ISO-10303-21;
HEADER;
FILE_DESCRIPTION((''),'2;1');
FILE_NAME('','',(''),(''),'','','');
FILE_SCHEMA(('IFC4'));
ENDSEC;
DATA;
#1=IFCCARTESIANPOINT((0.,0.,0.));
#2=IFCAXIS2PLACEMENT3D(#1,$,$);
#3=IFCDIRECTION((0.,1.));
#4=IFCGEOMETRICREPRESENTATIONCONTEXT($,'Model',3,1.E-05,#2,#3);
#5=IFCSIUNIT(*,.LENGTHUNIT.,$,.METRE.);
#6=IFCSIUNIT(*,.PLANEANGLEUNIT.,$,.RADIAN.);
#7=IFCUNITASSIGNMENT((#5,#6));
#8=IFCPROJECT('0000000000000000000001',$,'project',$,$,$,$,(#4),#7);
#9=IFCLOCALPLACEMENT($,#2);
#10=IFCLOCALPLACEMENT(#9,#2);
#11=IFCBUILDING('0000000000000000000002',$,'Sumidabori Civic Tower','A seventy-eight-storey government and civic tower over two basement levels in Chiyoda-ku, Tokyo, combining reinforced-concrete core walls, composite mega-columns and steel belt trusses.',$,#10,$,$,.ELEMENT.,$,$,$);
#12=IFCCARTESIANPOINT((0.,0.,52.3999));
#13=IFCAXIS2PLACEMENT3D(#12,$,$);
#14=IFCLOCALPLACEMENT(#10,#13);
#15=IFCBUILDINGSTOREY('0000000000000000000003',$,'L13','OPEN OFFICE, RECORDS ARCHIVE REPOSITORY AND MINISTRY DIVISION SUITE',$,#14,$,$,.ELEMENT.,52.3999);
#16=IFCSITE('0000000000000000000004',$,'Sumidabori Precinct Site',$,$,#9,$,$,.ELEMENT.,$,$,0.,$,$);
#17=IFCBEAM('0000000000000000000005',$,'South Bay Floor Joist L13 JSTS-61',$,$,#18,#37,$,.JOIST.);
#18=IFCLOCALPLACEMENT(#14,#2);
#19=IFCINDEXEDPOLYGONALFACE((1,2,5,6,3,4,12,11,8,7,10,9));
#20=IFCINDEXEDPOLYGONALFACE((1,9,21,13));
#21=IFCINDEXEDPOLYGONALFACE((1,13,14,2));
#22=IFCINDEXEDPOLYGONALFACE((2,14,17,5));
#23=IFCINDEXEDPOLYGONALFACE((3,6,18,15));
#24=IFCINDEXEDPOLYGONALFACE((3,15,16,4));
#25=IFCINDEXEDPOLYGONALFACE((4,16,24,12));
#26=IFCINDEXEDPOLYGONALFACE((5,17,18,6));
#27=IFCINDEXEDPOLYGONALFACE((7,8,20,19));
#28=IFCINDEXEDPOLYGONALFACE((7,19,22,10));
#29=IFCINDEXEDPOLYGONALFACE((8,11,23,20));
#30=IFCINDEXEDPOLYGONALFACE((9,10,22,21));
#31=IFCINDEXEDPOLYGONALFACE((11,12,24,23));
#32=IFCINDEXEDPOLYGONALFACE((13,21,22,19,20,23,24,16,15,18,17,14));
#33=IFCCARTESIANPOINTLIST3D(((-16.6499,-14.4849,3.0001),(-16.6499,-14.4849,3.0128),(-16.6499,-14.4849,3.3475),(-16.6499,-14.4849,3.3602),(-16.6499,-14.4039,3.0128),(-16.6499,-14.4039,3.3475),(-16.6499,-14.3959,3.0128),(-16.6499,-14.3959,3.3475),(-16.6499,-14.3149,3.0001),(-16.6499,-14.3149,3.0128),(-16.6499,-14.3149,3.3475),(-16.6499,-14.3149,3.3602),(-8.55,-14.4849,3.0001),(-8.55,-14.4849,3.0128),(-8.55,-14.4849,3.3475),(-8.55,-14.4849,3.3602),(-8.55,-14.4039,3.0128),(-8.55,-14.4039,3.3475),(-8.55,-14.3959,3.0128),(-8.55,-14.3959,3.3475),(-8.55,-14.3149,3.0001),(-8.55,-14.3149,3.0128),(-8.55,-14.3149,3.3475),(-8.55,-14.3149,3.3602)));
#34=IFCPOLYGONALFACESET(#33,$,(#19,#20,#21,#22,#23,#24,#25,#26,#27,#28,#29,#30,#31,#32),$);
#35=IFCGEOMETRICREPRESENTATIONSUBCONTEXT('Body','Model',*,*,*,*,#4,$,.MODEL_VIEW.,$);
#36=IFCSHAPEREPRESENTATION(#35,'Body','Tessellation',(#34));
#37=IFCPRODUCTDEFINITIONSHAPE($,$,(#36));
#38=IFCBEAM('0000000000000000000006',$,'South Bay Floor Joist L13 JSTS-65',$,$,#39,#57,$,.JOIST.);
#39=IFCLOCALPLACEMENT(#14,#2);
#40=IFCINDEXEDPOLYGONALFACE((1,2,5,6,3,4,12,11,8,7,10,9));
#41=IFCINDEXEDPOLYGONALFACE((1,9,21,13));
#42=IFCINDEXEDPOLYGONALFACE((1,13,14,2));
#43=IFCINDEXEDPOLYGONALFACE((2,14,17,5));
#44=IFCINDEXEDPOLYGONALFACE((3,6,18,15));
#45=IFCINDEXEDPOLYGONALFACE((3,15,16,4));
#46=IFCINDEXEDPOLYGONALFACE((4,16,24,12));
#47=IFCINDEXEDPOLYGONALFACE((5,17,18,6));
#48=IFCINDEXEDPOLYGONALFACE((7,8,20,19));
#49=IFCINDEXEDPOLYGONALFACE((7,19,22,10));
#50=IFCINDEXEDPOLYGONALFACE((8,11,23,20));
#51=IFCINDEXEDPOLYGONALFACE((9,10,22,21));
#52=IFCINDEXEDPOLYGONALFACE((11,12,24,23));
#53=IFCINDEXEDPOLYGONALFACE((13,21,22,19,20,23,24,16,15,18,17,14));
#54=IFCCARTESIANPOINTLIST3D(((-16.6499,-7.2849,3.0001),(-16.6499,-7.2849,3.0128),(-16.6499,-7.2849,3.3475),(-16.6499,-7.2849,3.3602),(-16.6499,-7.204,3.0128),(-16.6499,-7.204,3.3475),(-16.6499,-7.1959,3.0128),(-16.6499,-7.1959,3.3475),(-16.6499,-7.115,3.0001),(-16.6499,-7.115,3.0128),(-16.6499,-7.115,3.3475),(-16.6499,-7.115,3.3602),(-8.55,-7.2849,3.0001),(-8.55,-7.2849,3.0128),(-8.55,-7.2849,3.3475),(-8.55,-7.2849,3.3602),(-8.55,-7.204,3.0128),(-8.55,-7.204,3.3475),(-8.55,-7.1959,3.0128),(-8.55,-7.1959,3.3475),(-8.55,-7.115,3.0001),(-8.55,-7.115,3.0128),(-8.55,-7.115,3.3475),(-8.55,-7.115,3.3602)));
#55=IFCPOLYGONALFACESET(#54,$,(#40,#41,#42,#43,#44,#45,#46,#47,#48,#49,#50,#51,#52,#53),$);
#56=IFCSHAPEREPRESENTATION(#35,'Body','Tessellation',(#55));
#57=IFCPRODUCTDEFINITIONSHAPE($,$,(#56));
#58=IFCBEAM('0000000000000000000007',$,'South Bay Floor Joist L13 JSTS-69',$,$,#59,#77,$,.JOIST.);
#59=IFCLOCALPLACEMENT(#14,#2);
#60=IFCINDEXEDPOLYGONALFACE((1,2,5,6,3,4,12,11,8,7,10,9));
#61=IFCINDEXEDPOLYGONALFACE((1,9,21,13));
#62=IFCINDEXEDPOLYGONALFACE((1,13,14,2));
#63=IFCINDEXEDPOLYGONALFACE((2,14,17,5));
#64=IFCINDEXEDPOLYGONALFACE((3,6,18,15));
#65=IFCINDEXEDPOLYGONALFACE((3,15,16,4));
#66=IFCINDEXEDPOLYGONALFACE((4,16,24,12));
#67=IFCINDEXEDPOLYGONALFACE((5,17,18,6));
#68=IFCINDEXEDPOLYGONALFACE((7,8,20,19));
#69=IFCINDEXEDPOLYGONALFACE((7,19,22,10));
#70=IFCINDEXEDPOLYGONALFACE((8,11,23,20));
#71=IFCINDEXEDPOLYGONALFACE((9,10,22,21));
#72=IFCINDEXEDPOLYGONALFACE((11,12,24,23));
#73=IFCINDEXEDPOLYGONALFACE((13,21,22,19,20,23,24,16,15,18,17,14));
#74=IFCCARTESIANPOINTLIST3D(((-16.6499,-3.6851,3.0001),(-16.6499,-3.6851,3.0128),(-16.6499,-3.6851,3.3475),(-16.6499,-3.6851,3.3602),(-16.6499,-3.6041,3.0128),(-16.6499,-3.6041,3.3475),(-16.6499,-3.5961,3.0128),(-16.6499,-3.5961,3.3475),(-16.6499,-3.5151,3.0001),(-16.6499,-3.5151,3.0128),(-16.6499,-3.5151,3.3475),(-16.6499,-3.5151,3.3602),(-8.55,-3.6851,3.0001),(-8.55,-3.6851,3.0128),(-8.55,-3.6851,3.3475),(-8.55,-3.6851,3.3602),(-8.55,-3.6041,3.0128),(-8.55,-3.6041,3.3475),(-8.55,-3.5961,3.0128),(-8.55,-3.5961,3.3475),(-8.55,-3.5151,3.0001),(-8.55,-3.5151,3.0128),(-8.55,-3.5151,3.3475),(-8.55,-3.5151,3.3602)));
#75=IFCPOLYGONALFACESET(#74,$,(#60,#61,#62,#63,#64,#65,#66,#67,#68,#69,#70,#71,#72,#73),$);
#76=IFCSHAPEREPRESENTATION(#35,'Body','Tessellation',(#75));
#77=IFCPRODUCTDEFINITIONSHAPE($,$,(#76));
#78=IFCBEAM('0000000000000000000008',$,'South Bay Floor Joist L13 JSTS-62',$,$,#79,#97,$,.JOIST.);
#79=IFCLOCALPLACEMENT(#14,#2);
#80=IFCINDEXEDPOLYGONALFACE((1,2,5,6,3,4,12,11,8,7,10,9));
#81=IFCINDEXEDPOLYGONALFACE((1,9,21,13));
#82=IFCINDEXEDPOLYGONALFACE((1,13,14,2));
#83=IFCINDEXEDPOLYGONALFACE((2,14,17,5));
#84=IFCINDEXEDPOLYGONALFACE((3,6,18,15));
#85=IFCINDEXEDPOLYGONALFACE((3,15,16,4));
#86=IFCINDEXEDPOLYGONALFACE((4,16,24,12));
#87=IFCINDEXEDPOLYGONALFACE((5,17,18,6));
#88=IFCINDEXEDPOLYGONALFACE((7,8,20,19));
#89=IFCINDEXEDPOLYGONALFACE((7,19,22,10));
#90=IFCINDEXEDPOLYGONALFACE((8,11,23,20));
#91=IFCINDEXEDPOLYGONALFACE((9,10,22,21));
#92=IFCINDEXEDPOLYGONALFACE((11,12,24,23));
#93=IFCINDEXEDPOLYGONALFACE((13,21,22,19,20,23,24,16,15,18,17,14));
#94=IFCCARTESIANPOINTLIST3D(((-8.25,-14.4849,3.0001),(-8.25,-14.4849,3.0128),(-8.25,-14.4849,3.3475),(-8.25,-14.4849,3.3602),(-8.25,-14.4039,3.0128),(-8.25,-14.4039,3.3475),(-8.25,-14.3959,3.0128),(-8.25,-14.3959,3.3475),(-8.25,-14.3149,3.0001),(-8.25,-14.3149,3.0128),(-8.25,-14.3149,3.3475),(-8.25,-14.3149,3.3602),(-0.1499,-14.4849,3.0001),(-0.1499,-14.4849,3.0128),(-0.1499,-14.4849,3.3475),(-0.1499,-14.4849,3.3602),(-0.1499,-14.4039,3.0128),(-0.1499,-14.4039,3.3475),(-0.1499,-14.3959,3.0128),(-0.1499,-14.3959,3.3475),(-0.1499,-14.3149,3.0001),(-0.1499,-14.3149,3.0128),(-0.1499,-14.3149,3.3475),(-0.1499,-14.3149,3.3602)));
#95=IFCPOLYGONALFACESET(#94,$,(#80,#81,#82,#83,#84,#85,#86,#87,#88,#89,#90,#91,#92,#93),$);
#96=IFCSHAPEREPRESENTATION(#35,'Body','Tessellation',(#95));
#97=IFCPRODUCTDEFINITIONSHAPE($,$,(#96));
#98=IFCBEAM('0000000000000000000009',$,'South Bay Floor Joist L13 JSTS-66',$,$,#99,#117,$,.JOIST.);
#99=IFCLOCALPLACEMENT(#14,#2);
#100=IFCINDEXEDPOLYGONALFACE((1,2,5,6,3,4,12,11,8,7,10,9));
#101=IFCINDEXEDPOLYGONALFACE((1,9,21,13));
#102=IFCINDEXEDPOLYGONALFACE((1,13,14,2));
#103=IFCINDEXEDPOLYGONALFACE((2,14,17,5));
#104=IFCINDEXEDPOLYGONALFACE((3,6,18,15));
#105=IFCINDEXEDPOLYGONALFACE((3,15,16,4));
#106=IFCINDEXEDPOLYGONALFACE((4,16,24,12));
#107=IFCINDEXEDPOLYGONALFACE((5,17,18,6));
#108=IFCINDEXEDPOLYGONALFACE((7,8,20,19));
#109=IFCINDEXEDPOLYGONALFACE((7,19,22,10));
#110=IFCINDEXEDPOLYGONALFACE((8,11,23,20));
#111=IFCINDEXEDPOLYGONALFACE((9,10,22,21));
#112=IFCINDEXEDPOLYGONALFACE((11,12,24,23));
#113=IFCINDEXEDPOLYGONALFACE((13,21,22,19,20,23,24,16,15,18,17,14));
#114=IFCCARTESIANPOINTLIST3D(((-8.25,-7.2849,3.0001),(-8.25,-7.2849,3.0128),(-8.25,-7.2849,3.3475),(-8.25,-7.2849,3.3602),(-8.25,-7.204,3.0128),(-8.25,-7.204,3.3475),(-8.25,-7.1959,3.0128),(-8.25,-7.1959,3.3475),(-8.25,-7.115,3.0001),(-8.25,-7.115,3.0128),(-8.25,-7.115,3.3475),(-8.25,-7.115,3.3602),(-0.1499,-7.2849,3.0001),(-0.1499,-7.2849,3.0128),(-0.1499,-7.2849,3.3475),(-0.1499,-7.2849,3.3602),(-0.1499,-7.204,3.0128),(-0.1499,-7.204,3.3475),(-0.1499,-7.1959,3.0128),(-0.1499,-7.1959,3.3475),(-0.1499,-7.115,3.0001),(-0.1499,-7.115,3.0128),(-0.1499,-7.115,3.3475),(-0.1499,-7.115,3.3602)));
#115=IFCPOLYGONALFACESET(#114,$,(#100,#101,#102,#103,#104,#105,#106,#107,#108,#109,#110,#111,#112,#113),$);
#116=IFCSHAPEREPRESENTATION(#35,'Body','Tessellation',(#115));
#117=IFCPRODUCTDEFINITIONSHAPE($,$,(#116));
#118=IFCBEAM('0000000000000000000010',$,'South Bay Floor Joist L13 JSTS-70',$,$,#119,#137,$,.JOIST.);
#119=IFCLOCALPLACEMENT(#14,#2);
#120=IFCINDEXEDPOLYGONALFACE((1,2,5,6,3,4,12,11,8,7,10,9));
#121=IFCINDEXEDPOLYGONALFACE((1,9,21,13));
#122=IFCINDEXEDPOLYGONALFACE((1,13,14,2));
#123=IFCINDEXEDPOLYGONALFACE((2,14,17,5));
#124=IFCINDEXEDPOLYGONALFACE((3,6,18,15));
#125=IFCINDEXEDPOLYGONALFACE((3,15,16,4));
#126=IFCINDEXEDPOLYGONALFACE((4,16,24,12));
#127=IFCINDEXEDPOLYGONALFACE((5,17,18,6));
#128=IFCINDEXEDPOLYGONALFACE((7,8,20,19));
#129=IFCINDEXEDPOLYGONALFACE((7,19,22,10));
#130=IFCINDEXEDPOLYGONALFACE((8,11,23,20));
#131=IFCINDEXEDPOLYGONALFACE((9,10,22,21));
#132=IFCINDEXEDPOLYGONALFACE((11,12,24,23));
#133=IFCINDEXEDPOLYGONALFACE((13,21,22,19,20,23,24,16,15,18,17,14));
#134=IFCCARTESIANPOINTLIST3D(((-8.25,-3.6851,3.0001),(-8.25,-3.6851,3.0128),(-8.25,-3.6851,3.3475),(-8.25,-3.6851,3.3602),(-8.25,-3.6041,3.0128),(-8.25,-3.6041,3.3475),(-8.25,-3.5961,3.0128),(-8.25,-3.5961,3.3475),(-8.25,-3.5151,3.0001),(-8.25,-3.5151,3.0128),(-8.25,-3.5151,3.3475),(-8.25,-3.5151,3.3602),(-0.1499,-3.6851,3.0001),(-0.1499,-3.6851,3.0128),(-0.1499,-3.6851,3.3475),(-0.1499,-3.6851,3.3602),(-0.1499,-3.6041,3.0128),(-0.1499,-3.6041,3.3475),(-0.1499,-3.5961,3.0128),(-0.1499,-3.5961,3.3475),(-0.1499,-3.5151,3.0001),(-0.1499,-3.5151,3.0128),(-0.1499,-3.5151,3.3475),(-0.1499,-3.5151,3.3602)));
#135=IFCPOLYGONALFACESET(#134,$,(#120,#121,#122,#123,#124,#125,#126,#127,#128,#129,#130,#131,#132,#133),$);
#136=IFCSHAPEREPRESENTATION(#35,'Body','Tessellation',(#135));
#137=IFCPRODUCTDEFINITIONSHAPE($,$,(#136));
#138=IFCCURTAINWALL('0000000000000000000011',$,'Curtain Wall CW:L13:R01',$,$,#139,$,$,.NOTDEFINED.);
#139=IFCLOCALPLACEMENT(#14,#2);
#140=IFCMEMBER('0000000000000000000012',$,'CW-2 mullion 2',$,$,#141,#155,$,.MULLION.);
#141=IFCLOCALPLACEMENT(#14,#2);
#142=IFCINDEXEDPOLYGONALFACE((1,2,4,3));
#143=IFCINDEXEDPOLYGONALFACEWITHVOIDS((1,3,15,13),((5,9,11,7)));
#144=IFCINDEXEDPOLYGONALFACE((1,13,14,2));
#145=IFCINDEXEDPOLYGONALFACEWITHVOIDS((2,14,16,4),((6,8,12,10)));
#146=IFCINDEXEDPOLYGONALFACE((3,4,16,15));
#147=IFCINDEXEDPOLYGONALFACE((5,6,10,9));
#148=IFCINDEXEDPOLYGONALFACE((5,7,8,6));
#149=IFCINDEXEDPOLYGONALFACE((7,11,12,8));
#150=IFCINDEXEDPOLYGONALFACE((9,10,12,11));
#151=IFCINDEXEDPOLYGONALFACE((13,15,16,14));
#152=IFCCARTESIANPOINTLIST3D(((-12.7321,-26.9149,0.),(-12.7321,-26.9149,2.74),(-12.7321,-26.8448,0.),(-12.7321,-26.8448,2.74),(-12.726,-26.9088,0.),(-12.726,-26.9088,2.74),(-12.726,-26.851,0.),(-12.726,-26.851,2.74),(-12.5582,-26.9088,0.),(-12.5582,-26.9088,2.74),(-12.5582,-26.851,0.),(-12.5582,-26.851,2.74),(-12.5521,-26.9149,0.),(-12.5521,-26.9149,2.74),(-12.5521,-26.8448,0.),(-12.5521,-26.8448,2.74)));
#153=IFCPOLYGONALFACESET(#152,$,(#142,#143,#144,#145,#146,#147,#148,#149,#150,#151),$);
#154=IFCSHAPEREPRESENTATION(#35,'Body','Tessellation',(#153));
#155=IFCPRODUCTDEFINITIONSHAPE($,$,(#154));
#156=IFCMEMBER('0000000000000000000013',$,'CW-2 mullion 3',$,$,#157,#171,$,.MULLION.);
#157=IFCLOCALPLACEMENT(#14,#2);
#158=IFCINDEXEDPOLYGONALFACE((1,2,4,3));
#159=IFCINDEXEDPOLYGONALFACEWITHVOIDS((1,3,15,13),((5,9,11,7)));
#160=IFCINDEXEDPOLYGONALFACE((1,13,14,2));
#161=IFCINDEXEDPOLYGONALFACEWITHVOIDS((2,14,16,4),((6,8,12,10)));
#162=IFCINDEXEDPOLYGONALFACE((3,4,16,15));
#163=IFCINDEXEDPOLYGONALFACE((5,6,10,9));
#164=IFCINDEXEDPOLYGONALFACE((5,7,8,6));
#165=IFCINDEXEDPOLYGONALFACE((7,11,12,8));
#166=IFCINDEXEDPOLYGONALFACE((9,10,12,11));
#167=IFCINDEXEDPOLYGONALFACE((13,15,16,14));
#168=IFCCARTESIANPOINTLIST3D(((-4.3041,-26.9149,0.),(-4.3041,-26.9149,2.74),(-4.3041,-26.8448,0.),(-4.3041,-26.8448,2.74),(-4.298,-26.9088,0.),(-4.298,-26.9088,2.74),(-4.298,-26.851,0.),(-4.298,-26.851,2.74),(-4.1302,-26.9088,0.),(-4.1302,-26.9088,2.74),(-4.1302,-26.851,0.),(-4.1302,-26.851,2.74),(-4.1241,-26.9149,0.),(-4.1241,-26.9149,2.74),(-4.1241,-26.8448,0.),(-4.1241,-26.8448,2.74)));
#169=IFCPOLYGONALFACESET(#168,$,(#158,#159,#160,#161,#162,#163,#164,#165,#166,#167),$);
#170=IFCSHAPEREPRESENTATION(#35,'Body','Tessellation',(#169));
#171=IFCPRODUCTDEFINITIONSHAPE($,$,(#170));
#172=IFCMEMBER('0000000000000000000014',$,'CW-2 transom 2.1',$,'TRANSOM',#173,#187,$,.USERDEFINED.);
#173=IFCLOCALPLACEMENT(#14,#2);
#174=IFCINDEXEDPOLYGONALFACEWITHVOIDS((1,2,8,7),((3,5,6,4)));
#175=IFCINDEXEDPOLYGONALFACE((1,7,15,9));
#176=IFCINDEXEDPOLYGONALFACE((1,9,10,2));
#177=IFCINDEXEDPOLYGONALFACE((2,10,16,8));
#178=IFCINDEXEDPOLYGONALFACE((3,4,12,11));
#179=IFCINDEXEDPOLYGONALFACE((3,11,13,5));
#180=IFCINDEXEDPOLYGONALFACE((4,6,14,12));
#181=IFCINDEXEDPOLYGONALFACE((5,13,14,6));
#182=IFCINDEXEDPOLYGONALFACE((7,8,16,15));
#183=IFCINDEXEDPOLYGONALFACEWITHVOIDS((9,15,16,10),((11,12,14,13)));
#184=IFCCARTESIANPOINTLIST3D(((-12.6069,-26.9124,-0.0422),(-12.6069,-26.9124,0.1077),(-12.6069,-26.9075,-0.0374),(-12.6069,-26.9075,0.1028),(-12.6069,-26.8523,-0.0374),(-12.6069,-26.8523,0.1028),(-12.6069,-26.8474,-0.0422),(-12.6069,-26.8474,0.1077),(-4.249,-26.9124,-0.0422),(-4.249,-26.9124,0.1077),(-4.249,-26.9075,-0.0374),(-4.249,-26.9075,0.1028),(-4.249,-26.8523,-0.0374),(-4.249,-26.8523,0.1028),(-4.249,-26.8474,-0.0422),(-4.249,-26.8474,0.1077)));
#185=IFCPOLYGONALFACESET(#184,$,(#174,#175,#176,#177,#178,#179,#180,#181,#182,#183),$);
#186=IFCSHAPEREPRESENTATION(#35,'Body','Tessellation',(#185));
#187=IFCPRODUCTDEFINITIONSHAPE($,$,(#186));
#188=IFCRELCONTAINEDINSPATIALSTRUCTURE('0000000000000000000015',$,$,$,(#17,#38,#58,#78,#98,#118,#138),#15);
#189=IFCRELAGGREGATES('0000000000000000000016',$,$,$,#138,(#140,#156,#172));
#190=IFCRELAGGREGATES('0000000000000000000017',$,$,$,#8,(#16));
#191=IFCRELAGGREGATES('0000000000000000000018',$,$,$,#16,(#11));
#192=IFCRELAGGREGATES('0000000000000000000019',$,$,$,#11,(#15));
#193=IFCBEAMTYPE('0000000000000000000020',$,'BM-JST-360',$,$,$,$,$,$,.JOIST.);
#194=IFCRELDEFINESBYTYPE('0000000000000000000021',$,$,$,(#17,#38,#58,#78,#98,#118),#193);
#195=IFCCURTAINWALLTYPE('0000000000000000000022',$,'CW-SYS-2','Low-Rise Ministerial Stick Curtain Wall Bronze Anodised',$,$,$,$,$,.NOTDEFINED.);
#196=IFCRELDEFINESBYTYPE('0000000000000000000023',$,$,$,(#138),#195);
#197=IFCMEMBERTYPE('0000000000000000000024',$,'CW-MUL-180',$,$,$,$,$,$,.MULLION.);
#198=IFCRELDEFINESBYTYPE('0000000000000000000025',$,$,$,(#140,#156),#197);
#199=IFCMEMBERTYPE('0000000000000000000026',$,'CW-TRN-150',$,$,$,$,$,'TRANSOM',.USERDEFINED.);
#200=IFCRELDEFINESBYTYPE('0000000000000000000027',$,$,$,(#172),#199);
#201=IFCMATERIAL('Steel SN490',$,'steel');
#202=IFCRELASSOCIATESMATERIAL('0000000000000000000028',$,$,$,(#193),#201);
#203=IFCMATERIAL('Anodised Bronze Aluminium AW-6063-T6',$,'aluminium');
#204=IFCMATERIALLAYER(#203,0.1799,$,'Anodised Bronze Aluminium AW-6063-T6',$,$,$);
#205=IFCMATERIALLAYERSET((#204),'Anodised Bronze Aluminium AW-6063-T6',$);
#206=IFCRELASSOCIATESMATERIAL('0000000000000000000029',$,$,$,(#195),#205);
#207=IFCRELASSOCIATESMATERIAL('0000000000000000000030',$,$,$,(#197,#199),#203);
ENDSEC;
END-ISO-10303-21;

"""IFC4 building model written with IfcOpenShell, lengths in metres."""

from ifc_helpers import new_model, si_unit, direction, frame, origin, origin_2d, place, context, subcontext, project, spatial, hollow_rectangle, i_section, extrude, source, transform, mapped, material, layer, layer_set, material_profile, profile_set, type_object, element, aggregate, save


model = new_model("IFC4")

# Units and contexts
model_context = context("Model", 3, precision=1e-05, world=origin(), true_north=direction((0.0, 1.0)))
body_context = subcontext(model_context, "Body", "Model", "MODEL_VIEW")
ifc_project = project(units=[si_unit("LENGTHUNIT", "METRE"), si_unit("PLANEANGLEUNIT", "RADIAN")], contexts=[model_context])

# Site, building, storey
site_placement = place(None, origin())
site = spatial("IfcSite", under=ifc_project, at=site_placement, Name="Sumidabori Precinct Site", CompositionType="ELEMENT", RefElevation=0.0)
building_placement = place(site_placement, origin())
building = spatial("IfcBuilding", under=site, at=building_placement, Name="Sumidabori Civic Tower", Description="A seventy-eight-storey government and civic tower over two basement levels in Chiyoda-ku, Tokyo, combining reinforced-concrete core walls, composite mega-columns and steel belt trusses.", CompositionType="ELEMENT")
storey_placement = place(building_placement, frame((0.0, 0.0, 52.3999)))
storey = spatial("IfcBuildingStorey", under=building, at=storey_placement, Name="L13", Description="OPEN OFFICE, RECORDS ARCHIVE REPOSITORY AND MINISTRY DIVISION SUITE", CompositionType="ELEMENT", Elevation=52.3999)

# Beams
ifc_material_1 = material(Name="Steel SN490", Category="steel")
ifc_material_profile_1 = material_profile(ifc_material_1, i_section(OverallWidth=0.1699, OverallDepth=0.3601, WebThickness=0.0081, FlangeThickness=0.0127, at=origin_2d()), Name="IPE 360")
ifc_profile_set_1 = profile_set([ifc_material_profile_1], Name="Steel SN490")
beam_type_1 = type_object("IfcBeamType", Name="BM-JST-360", PredefinedType="JOIST", material=ifc_profile_set_1)
shared_shape_1 = source(origin(), body_context, "Body", "SweptSolid", [
    extrude(i_section(OverallWidth=0.1699, OverallDepth=0.3601, WebThickness=0.0081, FlangeThickness=0.0127, at=origin_2d()), origin(), (0.0, 0.0, 1.0), 8.0999),
])
for number, where, z_axis, x_axis, name in (
    (1, (-16.6499, -14.3999, 3.1802), (1.0, 0.0, 0.0), (0.0, 1.0, 0.0), "South Bay Floor Joist L13 JSTS-61"),
    (2, (-16.6499, -7.2, 3.1802), (1.0, 0.0, 0.0), (0.0, 1.0, 0.0), "South Bay Floor Joist L13 JSTS-65"),
    (3, (-16.6499, -3.6001, 3.1802), (1.0, 0.0, 0.0), (0.0, 1.0, 0.0), "South Bay Floor Joist L13 JSTS-69"),
):
    element("IfcBeam", number, at=place(storey_placement, frame(where, z_axis=z_axis, x_axis=x_axis)), inside=storey, type_object=beam_type_1, Name=name, PredefinedType="JOIST", context=body_context, shape_type="MappedRepresentation", body=[
        mapped(shared_shape_1, transform((0.0, 0.0, 0.0), x_axis=(1.0, 0.0, 0.0), y_axis=(0.0, 1.0, 0.0), z_axis=(0.0, 0.0, 1.0), scale=1.0)),
    ])
shared_shape_2 = source(origin(), body_context, "Body", "SweptSolid", [
    extrude(i_section(OverallWidth=0.1699, OverallDepth=0.3601, WebThickness=0.0081, FlangeThickness=0.0127, at=origin_2d()), origin(), (0.0, 0.0, 1.0), 8.1001),
])
for number, where, z_axis, x_axis, name in (
    (4, (-8.25, -14.3999, 3.1802), (1.0, 0.0, 0.0), (0.0, 1.0, 0.0), "South Bay Floor Joist L13 JSTS-62"),
    (5, (-8.25, -7.2, 3.1802), (1.0, 0.0, 0.0), (0.0, 1.0, 0.0), "South Bay Floor Joist L13 JSTS-66"),
    (6, (-8.25, -3.6001, 3.1802), (1.0, 0.0, 0.0), (0.0, 1.0, 0.0), "South Bay Floor Joist L13 JSTS-70"),
):
    element("IfcBeam", number, at=place(storey_placement, frame(where, z_axis=z_axis, x_axis=x_axis)), inside=storey, type_object=beam_type_1, Name=name, PredefinedType="JOIST", context=body_context, shape_type="MappedRepresentation", body=[
        mapped(shared_shape_2, transform((0.0, 0.0, 0.0), x_axis=(1.0, 0.0, 0.0), y_axis=(0.0, 1.0, 0.0), z_axis=(0.0, 0.0, 1.0), scale=1.0)),
    ])

# Curtain wall, members
ifc_material_2 = material(Name="Anodised Bronze Aluminium AW-6063-T6", Category="aluminium")
ifc_layer_1 = layer(ifc_material_2, 0.1799, Name="Anodised Bronze Aluminium AW-6063-T6")
ifc_layer_set_1 = layer_set([ifc_layer_1], Name="Anodised Bronze Aluminium AW-6063-T6")
curtain_wall_type = type_object("IfcCurtainWallType", Name="CW-SYS-2", Description="Low-Rise Ministerial Stick Curtain Wall Bronze Anodised", PredefinedType="NOTDEFINED", material=ifc_layer_set_1)
curtain_wall_placement = place(storey_placement, origin())
curtain_wall = element("IfcCurtainWall", 7, at=curtain_wall_placement, inside=storey, type_object=curtain_wall_type, Name="Curtain Wall CW:L13:R01", PredefinedType="NOTDEFINED")
ifc_material_profile_2 = material_profile(ifc_material_2, hollow_rectangle(XDim=0.0701, YDim=0.1799, WallThickness=0.0061, at=origin_2d()), Name="ALU MULLION 180x70")
ifc_profile_set_2 = profile_set([ifc_material_profile_2], Name="Anodised Bronze Aluminium AW-6063-T6")
member_type_1 = type_object("IfcMemberType", Name="CW-MUL-180", PredefinedType="MULLION", material=ifc_profile_set_2)
shared_shape_3 = source(origin(), body_context, "Body", "SweptSolid", [
    extrude(hollow_rectangle(XDim=0.0701, YDim=0.1799, WallThickness=0.0061, at=origin_2d()), origin(), (0.0, 0.0, 1.0), 2.74),
])
member_1_placement = place(storey_placement, frame((-12.6421, -26.8799, 0.0), z_axis=(0.0, 0.0, 1.0), x_axis=(0.0, 1.0, 0.0)))
member_1 = element("IfcMember", 8, at=member_1_placement, type_object=member_type_1, Name="CW-2 mullion 2", PredefinedType="MULLION", context=body_context, shape_type="MappedRepresentation", body=[
    mapped(shared_shape_3, transform((0.0, 0.0, 0.0), x_axis=(1.0, 0.0, 0.0), y_axis=(0.0, 1.0, 0.0), z_axis=(0.0, 0.0, 1.0), scale=1.0)),
])
member_2_placement = place(storey_placement, frame((-4.2141, -26.8799, 0.0), z_axis=(0.0, 0.0, 1.0), x_axis=(0.0, 1.0, 0.0)))
member_2 = element("IfcMember", 9, at=member_2_placement, type_object=member_type_1, Name="CW-2 mullion 3", PredefinedType="MULLION", context=body_context, shape_type="MappedRepresentation", body=[
    mapped(shared_shape_3, transform((0.0, 0.0, 0.0), x_axis=(1.0, 0.0, 0.0), y_axis=(0.0, 1.0, 0.0), z_axis=(0.0, 0.0, 1.0), scale=1.0)),
])
ifc_material_profile_3 = material_profile(ifc_material_2, hollow_rectangle(XDim=0.0649, YDim=0.1499, WallThickness=0.0049, at=origin_2d()), Name="ALU TRANSOM 150x65")
ifc_profile_set_3 = profile_set([ifc_material_profile_3], Name="Anodised Bronze Aluminium AW-6063-T6")
member_type_2 = type_object("IfcMemberType", Name="CW-TRN-150", ElementType="TRANSOM", PredefinedType="USERDEFINED", material=ifc_profile_set_3)
shared_shape_4 = source(origin(), body_context, "Body", "SweptSolid", [
    extrude(hollow_rectangle(XDim=0.0649, YDim=0.1499, WallThickness=0.0049, at=origin_2d()), origin(), (0.0, 0.0, 1.0), 8.3579),
])
member_3_placement = place(storey_placement, frame((-12.6069, -26.8799, 0.0327), z_axis=(1.0, 0.0, 0.0), x_axis=(0.0, 1.0, 0.0)))
member_3 = element("IfcMember", 10, at=member_3_placement, type_object=member_type_2, Name="CW-2 transom 2.1", ObjectType="TRANSOM", PredefinedType="USERDEFINED", context=body_context, shape_type="MappedRepresentation", body=[
    mapped(shared_shape_4, transform((0.0, 0.0, 0.0), x_axis=(1.0, 0.0, 0.0), y_axis=(0.0, 1.0, 0.0), z_axis=(0.0, 0.0, 1.0), scale=1.0)),
])
aggregate(curtain_wall, [member_1, member_2, member_3])

save(model, "model.ifc")
